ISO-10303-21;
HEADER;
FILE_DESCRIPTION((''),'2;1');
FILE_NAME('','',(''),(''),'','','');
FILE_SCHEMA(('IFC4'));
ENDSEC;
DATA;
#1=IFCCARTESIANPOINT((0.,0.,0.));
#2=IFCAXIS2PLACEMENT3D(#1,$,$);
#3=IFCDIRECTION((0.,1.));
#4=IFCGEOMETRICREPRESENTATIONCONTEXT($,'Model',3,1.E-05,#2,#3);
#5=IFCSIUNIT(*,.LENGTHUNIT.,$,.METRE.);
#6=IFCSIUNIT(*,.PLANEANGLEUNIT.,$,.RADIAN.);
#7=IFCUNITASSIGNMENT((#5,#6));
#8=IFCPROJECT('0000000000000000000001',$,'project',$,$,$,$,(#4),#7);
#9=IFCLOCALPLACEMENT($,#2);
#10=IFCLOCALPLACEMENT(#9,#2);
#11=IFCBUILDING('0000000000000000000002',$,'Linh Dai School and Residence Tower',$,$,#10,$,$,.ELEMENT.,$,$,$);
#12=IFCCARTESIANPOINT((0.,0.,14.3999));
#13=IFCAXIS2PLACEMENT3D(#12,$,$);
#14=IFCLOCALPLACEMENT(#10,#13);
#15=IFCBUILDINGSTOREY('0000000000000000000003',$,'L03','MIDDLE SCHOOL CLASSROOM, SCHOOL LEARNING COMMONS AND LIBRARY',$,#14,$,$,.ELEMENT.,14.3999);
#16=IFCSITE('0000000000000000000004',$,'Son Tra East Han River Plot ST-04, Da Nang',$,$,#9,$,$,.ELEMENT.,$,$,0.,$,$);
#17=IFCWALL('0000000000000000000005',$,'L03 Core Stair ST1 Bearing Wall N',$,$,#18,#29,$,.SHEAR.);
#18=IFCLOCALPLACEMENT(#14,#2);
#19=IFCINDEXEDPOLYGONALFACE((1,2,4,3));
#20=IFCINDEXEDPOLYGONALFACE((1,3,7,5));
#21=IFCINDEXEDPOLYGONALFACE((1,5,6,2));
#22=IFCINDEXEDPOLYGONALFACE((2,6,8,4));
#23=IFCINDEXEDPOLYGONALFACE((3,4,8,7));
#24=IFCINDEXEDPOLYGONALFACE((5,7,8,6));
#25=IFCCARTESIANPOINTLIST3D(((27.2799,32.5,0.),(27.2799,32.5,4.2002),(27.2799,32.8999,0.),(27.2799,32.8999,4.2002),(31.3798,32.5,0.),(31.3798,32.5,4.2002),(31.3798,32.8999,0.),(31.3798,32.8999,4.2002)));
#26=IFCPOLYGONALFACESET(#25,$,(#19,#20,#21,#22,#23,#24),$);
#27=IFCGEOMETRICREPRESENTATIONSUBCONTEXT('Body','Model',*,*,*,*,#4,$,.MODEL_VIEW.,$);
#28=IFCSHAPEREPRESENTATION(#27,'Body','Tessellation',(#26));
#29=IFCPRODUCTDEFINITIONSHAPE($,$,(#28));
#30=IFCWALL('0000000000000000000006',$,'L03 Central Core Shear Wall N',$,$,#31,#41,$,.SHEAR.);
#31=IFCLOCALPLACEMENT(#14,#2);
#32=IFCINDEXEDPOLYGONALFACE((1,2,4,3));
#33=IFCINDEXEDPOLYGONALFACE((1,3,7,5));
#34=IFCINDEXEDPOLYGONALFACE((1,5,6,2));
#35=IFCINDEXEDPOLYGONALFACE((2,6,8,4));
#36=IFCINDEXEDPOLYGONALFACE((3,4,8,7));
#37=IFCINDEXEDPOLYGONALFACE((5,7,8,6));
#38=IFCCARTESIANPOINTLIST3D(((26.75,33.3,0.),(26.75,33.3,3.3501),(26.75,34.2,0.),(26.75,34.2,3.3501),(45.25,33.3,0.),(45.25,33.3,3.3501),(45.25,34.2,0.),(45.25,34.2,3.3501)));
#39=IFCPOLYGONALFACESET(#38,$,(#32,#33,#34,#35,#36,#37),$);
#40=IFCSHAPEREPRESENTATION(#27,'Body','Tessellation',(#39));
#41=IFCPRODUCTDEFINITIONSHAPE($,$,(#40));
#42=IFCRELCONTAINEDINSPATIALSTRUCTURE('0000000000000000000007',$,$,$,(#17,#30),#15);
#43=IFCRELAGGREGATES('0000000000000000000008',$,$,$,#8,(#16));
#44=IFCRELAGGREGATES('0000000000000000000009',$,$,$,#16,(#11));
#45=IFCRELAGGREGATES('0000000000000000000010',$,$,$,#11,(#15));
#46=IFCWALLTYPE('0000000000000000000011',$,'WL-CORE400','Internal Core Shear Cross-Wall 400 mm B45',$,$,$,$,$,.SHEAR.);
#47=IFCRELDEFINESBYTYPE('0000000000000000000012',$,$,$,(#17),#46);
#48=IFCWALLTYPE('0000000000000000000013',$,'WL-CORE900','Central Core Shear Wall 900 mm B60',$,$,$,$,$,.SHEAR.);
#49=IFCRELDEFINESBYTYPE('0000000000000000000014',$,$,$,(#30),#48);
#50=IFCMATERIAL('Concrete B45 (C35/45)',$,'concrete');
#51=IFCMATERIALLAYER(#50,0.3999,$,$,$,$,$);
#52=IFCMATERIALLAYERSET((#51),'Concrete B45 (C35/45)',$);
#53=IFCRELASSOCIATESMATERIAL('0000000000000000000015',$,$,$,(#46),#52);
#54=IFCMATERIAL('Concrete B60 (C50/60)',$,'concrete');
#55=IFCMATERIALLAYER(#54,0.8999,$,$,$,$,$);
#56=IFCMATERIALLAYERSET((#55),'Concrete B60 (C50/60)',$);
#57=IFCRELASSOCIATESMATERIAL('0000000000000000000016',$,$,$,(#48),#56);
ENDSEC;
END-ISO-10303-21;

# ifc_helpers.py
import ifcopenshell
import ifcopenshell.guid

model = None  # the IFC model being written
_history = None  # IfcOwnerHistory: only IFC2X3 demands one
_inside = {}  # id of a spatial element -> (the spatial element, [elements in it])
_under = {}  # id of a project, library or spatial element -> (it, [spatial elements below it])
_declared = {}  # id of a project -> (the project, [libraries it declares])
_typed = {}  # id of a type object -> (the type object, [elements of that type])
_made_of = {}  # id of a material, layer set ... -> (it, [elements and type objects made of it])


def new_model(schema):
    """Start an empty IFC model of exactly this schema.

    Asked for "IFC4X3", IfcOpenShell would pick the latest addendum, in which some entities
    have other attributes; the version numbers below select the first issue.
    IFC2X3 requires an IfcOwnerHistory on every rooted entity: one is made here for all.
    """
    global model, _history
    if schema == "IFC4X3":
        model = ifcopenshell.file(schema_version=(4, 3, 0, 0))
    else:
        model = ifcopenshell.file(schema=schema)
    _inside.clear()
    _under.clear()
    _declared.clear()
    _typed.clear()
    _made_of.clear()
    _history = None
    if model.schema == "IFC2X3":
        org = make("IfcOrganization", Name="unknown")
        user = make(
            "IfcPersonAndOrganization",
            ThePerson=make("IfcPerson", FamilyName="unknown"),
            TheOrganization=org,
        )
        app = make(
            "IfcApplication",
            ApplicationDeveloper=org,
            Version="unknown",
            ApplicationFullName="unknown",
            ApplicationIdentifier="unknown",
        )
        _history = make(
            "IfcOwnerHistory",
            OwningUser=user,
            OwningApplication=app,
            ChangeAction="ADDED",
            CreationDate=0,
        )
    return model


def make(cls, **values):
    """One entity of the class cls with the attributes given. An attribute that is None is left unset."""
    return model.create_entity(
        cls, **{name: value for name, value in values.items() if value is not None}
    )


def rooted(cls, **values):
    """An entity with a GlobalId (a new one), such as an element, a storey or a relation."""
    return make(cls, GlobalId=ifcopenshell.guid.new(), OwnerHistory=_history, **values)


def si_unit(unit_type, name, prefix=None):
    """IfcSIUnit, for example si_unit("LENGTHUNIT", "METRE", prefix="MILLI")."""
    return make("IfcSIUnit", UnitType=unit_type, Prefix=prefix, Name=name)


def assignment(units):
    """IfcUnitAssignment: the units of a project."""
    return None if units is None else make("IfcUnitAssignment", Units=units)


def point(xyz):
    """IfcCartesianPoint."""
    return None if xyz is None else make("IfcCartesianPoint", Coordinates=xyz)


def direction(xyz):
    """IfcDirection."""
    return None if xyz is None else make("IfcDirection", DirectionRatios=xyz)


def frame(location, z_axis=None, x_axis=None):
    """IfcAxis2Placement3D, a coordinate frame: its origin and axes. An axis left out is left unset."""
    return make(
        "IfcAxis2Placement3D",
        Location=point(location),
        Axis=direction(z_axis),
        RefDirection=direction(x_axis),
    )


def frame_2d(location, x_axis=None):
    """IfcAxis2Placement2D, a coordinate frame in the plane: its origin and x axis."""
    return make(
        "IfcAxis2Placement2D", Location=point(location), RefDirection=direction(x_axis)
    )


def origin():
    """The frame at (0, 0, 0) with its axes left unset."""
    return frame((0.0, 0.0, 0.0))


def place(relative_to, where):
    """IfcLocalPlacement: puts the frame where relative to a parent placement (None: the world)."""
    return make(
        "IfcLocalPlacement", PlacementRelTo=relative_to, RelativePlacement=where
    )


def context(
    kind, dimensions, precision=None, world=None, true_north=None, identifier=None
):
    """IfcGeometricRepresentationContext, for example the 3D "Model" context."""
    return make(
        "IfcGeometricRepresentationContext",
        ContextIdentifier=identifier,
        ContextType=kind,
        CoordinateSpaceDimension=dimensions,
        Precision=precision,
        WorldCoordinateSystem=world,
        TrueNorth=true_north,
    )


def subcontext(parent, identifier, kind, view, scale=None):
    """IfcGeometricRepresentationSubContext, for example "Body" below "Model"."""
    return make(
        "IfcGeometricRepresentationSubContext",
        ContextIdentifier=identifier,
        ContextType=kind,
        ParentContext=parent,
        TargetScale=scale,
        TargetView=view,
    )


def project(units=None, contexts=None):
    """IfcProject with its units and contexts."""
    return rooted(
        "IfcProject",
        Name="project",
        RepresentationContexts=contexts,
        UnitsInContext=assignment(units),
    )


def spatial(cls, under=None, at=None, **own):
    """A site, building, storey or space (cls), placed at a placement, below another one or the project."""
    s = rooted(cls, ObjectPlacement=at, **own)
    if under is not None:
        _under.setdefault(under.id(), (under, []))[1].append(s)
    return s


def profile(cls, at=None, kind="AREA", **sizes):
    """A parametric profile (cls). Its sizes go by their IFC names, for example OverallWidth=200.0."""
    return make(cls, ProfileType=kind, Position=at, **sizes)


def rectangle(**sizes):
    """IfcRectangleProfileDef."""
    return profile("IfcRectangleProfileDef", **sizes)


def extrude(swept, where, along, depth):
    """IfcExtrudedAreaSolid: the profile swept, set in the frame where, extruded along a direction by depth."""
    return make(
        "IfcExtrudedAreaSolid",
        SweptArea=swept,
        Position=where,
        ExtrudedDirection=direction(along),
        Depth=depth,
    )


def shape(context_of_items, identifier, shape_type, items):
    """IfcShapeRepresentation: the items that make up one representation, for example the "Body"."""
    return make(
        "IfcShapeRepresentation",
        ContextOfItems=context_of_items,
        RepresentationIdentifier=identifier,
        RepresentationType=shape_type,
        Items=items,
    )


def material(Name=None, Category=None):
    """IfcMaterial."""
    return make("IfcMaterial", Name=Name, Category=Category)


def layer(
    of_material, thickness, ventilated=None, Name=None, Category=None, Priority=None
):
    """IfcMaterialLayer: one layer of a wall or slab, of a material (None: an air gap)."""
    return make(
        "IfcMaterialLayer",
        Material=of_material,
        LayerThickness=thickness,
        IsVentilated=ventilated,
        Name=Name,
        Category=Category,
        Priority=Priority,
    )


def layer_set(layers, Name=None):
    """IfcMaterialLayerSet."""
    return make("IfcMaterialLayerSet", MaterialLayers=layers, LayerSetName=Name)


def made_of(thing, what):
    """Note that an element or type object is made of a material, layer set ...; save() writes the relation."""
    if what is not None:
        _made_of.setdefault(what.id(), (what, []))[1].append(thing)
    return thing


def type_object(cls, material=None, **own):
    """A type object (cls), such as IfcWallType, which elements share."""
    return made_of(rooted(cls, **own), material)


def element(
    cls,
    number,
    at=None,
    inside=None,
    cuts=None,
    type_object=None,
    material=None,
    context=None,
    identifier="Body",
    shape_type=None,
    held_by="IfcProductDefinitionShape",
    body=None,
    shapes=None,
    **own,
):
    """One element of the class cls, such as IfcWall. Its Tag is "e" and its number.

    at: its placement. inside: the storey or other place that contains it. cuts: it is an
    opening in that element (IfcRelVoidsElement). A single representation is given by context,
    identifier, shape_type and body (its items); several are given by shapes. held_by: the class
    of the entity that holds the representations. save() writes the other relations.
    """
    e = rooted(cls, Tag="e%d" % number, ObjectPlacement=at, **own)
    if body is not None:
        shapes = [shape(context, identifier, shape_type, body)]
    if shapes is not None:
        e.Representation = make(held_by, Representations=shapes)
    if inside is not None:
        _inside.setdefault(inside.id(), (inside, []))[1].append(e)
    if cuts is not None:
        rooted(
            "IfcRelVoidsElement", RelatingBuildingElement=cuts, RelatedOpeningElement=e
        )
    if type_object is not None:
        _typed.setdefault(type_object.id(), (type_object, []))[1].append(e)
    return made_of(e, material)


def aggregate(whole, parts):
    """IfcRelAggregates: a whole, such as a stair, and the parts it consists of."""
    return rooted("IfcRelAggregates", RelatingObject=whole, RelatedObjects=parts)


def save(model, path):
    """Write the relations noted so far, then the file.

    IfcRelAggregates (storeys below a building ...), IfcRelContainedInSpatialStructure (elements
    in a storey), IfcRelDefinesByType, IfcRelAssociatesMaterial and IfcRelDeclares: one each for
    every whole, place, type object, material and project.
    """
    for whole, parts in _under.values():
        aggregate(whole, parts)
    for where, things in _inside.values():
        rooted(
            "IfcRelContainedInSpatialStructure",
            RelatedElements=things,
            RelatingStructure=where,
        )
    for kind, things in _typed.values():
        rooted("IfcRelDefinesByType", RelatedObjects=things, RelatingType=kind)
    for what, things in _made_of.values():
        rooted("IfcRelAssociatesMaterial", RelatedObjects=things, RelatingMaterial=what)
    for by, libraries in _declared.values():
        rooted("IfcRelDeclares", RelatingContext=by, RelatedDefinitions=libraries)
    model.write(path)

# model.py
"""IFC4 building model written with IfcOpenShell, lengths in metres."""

from ifc_helpers import new_model, si_unit, direction, frame, frame_2d, origin, place, context, subcontext, project, spatial, rectangle, extrude, material, layer, layer_set, type_object, element, save


model = new_model("IFC4")

# Units and contexts
model_context = context("Model", 3, precision=1e-05, world=origin(), true_north=direction((0.0, 1.0)))
body_context = subcontext(model_context, "Body", "Model", "MODEL_VIEW")
ifc_project = project(units=[si_unit("LENGTHUNIT", "METRE"), si_unit("PLANEANGLEUNIT", "RADIAN")], contexts=[model_context])

# Site, building, storey
site_placement = place(None, origin())
site = spatial("IfcSite", under=ifc_project, at=site_placement, Name="Son Tra East Han River Plot ST-04, Da Nang", CompositionType="ELEMENT", RefElevation=0.0)
building_placement = place(site_placement, origin())
building = spatial("IfcBuilding", under=site, at=building_placement, Name="Linh Dai School and Residence Tower", CompositionType="ELEMENT")
storey_placement = place(building_placement, frame((0.0, 0.0, 14.3999)))
storey = spatial("IfcBuildingStorey", under=building, at=storey_placement, Name="L03", Description="MIDDLE SCHOOL CLASSROOM, SCHOOL LEARNING COMMONS AND LIBRARY", CompositionType="ELEMENT", Elevation=14.3999)

# Shared definitions
ifc_material_1 = material(Name="Concrete B60 (C50/60)", Category="concrete")

# Walls
ifc_material_2 = material(Name="Concrete B45 (C35/45)", Category="concrete")
ifc_layer_1 = layer(ifc_material_2, 0.3999)
ifc_layer_set_1 = layer_set([ifc_layer_1], Name="Concrete B45 (C35/45)")
wall_type_1 = type_object("IfcWallType", Name="WL-CORE400", Description="Internal Core Shear Cross-Wall 400 mm B45", PredefinedType="SHEAR", material=ifc_layer_set_1)
wall_1_placement = place(storey_placement, frame((27.28, 32.7, 0.0), z_axis=(0.0, 0.0, 1.0), x_axis=(1.0, 0.0, 0.0)))
element("IfcWall", 1, at=wall_1_placement, inside=storey, type_object=wall_type_1, Name="L03 Core Stair ST1 Bearing Wall N", PredefinedType="SHEAR", context=body_context, shape_type="SweptSolid", body=[
    extrude(rectangle(XDim=4.0999, YDim=0.3999, at=frame_2d((2.0498, 0.0))), origin(), (0.0, 0.0, 1.0), 4.2002),
])
ifc_layer_2 = layer(ifc_material_1, 0.8999)
ifc_layer_set_2 = layer_set([ifc_layer_2], Name="Concrete B60 (C50/60)")
wall_type_2 = type_object("IfcWallType", Name="WL-CORE900", Description="Central Core Shear Wall 900 mm B60", PredefinedType="SHEAR", material=ifc_layer_set_2)
wall_2_placement = place(storey_placement, frame((26.75, 33.75, 0.0), z_axis=(0.0, 0.0, 1.0), x_axis=(1.0, 0.0, 0.0)))
element("IfcWall", 2, at=wall_2_placement, inside=storey, type_object=wall_type_2, Name="L03 Central Core Shear Wall N", PredefinedType="SHEAR", context=body_context, shape_type="SweptSolid", body=[
    extrude(rectangle(XDim=18.5, YDim=0.8999, at=frame_2d((9.25, 0.0))), origin(), (0.0, 0.0, 1.0), 3.3501),
])

save(model, "model.ifc")
